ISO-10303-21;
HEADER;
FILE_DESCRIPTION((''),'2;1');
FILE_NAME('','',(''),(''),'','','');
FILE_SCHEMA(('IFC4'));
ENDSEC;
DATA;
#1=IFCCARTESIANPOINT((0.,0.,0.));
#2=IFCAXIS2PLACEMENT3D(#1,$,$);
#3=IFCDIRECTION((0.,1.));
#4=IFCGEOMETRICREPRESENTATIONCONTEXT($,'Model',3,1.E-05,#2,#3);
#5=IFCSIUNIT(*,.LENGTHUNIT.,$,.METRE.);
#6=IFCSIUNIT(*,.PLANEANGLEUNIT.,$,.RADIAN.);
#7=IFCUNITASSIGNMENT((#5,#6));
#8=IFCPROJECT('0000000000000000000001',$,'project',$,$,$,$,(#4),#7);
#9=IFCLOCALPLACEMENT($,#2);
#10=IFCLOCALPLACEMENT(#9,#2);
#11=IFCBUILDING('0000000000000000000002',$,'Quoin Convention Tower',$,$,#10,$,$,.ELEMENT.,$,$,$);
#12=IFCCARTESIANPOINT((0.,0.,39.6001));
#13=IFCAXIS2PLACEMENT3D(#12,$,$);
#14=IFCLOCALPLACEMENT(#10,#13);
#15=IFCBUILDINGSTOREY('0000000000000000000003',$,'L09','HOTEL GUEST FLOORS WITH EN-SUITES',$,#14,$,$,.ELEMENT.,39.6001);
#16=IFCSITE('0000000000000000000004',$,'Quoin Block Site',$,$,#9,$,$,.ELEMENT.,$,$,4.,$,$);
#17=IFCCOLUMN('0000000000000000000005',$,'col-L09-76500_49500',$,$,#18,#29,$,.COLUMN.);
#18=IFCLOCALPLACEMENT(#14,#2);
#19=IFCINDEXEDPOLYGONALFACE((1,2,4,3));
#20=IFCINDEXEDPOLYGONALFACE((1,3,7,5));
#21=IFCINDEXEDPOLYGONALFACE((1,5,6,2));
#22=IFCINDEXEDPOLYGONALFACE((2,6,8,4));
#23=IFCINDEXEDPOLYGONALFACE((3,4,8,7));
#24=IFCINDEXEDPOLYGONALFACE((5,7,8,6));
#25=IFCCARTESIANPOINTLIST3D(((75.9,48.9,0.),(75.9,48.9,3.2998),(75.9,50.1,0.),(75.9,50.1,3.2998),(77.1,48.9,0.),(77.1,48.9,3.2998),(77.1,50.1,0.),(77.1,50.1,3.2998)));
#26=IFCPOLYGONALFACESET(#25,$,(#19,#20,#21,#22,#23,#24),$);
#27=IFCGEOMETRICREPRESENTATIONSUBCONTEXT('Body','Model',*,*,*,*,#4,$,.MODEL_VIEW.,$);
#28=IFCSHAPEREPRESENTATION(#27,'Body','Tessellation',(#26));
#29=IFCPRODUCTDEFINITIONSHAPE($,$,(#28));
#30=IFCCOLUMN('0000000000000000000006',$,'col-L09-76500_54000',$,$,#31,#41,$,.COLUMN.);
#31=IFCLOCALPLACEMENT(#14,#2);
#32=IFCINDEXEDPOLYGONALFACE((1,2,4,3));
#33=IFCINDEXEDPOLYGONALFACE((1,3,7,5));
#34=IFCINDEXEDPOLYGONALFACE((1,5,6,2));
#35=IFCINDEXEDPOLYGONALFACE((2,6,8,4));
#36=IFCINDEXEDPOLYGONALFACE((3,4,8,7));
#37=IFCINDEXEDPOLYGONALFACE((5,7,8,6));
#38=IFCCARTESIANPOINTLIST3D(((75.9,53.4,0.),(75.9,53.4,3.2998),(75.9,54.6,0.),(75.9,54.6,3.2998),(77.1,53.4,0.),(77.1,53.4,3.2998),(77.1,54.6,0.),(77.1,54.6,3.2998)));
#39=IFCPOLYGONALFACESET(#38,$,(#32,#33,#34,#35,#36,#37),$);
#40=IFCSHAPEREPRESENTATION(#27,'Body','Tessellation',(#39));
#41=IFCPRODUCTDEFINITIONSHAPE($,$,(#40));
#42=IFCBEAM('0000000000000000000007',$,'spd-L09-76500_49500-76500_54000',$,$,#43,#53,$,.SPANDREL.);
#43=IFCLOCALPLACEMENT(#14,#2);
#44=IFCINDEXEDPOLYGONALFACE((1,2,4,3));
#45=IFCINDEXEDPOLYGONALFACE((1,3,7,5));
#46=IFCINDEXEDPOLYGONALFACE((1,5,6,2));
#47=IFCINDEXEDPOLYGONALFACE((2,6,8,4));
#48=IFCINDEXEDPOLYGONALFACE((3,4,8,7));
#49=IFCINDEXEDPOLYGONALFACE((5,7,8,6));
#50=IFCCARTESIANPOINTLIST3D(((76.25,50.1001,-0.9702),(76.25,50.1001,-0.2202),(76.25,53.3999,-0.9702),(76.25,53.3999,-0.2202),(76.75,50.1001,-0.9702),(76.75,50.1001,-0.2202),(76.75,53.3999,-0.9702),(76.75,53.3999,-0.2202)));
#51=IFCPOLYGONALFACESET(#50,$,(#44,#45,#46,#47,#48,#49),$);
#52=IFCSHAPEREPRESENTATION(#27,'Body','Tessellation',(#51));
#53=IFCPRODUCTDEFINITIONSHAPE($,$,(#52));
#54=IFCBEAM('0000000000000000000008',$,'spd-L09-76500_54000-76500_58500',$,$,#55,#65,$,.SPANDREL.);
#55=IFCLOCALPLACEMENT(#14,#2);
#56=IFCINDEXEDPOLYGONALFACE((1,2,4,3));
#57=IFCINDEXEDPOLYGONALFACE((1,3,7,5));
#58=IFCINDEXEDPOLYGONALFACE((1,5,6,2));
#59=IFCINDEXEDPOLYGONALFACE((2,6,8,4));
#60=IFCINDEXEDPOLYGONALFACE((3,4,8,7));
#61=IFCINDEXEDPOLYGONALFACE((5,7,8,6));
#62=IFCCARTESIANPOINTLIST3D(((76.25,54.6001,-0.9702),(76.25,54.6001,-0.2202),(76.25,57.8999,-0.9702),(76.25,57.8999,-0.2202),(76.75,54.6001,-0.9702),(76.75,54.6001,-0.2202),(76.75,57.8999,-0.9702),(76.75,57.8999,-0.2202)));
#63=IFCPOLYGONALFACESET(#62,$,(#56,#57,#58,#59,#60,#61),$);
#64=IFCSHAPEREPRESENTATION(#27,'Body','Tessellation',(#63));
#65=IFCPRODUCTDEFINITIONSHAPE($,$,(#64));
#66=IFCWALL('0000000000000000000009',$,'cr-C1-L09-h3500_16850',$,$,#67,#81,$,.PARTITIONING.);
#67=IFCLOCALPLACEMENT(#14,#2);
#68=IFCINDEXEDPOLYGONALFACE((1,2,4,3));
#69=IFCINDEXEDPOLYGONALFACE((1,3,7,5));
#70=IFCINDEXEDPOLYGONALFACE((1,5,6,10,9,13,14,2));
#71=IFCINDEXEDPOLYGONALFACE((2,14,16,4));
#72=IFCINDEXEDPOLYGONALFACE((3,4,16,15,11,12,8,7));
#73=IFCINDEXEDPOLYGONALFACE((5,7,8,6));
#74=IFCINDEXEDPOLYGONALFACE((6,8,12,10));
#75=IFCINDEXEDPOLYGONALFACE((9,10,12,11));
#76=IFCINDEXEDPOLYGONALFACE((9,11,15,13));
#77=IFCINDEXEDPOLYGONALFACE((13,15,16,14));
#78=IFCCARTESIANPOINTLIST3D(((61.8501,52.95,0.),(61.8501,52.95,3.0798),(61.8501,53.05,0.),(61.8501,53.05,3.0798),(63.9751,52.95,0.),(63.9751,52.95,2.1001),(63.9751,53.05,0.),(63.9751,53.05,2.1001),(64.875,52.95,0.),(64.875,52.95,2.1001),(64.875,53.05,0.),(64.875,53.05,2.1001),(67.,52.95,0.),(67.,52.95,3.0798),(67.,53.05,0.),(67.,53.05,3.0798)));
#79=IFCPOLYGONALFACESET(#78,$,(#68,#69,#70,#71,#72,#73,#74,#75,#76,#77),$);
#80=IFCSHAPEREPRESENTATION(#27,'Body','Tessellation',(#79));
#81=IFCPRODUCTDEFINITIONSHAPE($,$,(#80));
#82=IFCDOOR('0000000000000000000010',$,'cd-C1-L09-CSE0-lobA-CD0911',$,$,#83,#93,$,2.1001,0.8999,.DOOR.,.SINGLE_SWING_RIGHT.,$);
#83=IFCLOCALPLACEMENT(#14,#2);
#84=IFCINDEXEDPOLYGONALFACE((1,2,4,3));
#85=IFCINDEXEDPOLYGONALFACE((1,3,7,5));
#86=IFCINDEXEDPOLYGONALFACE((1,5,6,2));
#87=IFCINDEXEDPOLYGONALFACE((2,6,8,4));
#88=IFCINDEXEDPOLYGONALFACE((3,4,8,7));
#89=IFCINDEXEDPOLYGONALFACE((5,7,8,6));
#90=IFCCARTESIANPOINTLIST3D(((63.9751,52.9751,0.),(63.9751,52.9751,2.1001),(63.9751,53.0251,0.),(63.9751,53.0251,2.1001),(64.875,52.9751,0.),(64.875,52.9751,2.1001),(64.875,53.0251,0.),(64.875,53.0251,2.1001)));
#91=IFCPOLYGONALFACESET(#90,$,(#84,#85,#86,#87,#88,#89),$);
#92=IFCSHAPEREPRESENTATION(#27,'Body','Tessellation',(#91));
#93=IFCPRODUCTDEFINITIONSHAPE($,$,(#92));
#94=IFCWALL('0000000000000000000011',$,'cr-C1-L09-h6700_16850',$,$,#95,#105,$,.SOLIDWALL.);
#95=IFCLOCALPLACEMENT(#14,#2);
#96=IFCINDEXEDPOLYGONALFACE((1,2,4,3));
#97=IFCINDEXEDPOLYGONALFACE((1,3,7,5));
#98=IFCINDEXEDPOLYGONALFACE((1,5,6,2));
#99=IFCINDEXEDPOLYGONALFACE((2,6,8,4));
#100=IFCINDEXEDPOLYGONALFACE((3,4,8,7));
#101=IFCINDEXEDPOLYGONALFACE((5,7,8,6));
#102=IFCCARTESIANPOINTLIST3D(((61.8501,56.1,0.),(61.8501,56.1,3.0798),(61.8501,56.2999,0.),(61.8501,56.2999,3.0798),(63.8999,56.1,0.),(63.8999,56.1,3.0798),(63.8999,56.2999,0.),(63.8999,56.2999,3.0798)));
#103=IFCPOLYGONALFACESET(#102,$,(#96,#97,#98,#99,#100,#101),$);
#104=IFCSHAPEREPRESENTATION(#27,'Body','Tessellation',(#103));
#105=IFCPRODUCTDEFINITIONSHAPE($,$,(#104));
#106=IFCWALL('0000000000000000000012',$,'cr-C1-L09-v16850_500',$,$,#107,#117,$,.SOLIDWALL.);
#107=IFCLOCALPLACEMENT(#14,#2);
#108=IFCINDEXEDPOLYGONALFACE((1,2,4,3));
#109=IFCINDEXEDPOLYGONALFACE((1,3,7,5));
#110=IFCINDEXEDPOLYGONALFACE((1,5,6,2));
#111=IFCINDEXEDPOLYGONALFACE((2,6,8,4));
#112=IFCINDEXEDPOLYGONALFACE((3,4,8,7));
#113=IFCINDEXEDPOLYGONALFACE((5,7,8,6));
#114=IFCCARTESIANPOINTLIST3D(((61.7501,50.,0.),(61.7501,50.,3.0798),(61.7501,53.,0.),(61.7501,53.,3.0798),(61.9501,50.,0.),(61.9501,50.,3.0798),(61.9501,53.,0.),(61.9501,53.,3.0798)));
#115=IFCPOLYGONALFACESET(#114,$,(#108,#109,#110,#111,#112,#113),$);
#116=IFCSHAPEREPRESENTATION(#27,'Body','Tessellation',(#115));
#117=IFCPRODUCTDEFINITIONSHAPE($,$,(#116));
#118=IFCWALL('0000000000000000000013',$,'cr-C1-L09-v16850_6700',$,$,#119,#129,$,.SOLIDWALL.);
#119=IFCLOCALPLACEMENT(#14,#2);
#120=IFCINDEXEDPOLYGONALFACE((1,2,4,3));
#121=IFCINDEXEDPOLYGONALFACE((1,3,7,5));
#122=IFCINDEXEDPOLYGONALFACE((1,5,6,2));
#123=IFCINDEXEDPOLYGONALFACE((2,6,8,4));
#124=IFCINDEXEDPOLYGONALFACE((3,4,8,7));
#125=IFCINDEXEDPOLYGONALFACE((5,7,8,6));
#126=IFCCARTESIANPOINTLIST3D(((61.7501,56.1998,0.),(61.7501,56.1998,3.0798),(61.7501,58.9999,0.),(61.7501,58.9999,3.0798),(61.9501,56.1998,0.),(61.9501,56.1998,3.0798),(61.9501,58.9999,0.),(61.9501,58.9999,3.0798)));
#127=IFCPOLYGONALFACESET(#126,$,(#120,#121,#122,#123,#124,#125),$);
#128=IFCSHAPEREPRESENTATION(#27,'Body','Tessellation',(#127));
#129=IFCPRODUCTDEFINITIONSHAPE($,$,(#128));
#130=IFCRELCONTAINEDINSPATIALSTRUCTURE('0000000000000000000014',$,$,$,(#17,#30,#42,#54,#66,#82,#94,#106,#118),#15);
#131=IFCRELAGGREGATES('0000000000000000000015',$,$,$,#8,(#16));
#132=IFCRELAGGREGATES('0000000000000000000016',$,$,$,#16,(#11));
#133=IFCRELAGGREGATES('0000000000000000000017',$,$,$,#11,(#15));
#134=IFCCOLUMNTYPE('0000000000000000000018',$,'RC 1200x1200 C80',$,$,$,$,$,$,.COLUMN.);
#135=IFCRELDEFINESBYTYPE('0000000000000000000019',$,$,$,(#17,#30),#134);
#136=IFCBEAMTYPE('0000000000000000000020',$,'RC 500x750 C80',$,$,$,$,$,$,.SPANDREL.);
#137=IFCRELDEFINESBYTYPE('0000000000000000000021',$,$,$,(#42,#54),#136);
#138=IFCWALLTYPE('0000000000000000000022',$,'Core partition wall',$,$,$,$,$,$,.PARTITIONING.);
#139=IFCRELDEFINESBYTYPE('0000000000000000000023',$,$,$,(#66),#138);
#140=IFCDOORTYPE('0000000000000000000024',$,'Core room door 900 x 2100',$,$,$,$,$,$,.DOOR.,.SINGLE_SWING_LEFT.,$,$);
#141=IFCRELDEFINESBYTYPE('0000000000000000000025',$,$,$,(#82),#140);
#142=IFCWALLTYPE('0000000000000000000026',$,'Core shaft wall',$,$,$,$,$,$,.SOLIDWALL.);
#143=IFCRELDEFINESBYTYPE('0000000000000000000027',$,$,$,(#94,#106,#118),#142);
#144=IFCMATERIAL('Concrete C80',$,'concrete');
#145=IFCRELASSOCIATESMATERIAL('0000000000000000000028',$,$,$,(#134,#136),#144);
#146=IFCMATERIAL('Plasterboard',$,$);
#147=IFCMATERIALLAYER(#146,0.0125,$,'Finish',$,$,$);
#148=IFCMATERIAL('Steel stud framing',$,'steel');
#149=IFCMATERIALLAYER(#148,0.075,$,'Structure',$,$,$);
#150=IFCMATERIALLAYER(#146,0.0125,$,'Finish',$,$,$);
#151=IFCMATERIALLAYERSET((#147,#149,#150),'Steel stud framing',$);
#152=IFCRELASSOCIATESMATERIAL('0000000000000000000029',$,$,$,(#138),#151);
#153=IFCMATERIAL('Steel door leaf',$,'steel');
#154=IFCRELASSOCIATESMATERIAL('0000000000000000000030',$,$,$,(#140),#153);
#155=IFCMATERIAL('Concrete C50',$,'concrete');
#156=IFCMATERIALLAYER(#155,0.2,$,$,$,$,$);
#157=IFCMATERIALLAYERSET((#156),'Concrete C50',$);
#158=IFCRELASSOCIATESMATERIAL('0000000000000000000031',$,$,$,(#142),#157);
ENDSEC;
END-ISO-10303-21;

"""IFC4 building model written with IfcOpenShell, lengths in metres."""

from ifc_helpers import new_model, si_unit, direction, frame, frame_2d, origin, origin_2d, place, context, subcontext, project, spatial, rectangle, extrude, material, layer, layer_set, material_profile, profile_set, type_object, element, fill, save


model = new_model("IFC4")

# Units and contexts
model_context = context("Model", 3, precision=1e-05, world=origin(), true_north=direction((0.0, 1.0)))
body_context = subcontext(model_context, "Body", "Model", "MODEL_VIEW")
ifc_project = project(units=[si_unit("LENGTHUNIT", "METRE"), si_unit("PLANEANGLEUNIT", "RADIAN")], contexts=[model_context])

# Site, building, storey
site_placement = place(None, origin())
site = spatial("IfcSite", under=ifc_project, at=site_placement, Name="Quoin Block Site", CompositionType="ELEMENT", RefElevation=4.0)
building_placement = place(site_placement, origin())
building = spatial("IfcBuilding", under=site, at=building_placement, Name="Quoin Convention Tower", CompositionType="ELEMENT")
storey_placement = place(building_placement, frame((0.0, 0.0, 39.6001)))
storey = spatial("IfcBuildingStorey", under=building, at=storey_placement, Name="L09", Description="HOTEL GUEST FLOORS WITH EN-SUITES", CompositionType="ELEMENT", Elevation=39.6001)

# Columns
ifc_material_1 = material(Name="Concrete C80", Category="concrete")
ifc_material_profile_1 = material_profile(ifc_material_1, rectangle(XDim=1.2, YDim=1.2, at=origin_2d()), Name="RC 1200x1200")
ifc_profile_set_1 = profile_set([ifc_material_profile_1], Name="Concrete C80")
column_type = type_object("IfcColumnType", Name="RC 1200x1200 C80", PredefinedType="COLUMN", material=ifc_profile_set_1)
for number, where, z_axis, x_axis, name in (
    (1, (76.5, 49.5, 0.0), (0.0, 0.0, 1.0), (1.0, 0.0, 0.0), "col-L09-76500_49500"),
    (2, (76.5, 54.0, 0.0), (0.0, 0.0, 1.0), (1.0, 0.0, 0.0), "col-L09-76500_54000"),
):
    element("IfcColumn", number, at=place(storey_placement, frame(where, z_axis=z_axis, x_axis=x_axis)), inside=storey, type_object=column_type, Name=name, PredefinedType="COLUMN", context=body_context, shape_type="SweptSolid", body=[
        extrude(rectangle(XDim=1.2, YDim=1.2, at=origin_2d()), origin(), (0.0, 0.0, 1.0), 3.2998),
    ])

# Beams
ifc_material_profile_2 = material_profile(ifc_material_1, rectangle(XDim=0.5, YDim=0.75, at=origin_2d()), Name="RC 500x750")
ifc_profile_set_2 = profile_set([ifc_material_profile_2], Name="Concrete C80")
beam_type = type_object("IfcBeamType", Name="RC 500x750 C80", PredefinedType="SPANDREL", material=ifc_profile_set_2)
for number, where, z_axis, x_axis, name in (
    (3, (76.5, 50.1001, -0.5952), (0.0, 1.0, 0.0), (-1.0, 0.0, 0.0), "spd-L09-76500_49500-76500_54000"),
    (4, (76.5, 54.6001, -0.5952), (0.0, 1.0, 0.0), (-1.0, 0.0, 0.0), "spd-L09-76500_54000-76500_58500"),
):
    element("IfcBeam", number, at=place(storey_placement, frame(where, z_axis=z_axis, x_axis=x_axis)), inside=storey, type_object=beam_type, Name=name, PredefinedType="SPANDREL", context=body_context, shape_type="SweptSolid", body=[
        extrude(rectangle(XDim=0.5, YDim=0.75, at=origin_2d()), origin(), (0.0, 0.0, 1.0), 3.2998),
    ])

# Wall, opening, door
ifc_material_2 = material(Name="Plasterboard")
ifc_layer_1 = layer(ifc_material_2, 0.0125, Name="Finish")
ifc_material_3 = material(Name="Steel stud framing", Category="steel")
ifc_layer_2 = layer(ifc_material_3, 0.075, Name="Structure")
ifc_layer_3 = layer(ifc_material_2, 0.0125, Name="Finish")
ifc_layer_set_1 = layer_set([ifc_layer_1, ifc_layer_2, ifc_layer_3], Name="Steel stud framing")
wall_type_1 = type_object("IfcWallType", Name="Core partition wall", PredefinedType="PARTITIONING", material=ifc_layer_set_1)
wall_1_placement = place(storey_placement, frame((61.8501, 53.0, 0.0), z_axis=(0.0, 0.0, 1.0), x_axis=(1.0, 0.0, 0.0)))
wall_1 = element("IfcWall", 5, at=wall_1_placement, inside=storey, type_object=wall_type_1, Name="cr-C1-L09-h3500_16850", PredefinedType="PARTITIONING", context=body_context, shape_type="SweptSolid", body=[
    extrude(rectangle(XDim=5.1499, YDim=0.1001, at=frame_2d((2.575, 0.0))), origin(), (0.0, 0.0, 1.0), 3.0798),
])
opening_1_placement = place(wall_1_placement, frame((2.125, 0.0, 0.0)))
opening_1 = element("IfcOpeningElement", 6, at=opening_1_placement, cuts=wall_1, PredefinedType="OPENING", context=body_context, shape_type="SweptSolid", body=[
    extrude(rectangle(XDim=0.8999, YDim=2.1001, at=frame_2d((0.45, 1.05))), frame((0.0, 0.0601, 0.0), z_axis=(0.0, -1.0, 0.0), x_axis=(1.0, 0.0, 0.0)), (0.0, 0.0, 1.0), 0.1201),
])
ifc_material_4 = material(Name="Steel door leaf", Category="steel")
door_type_1 = type_object("IfcDoorType", Name="Core room door 900 x 2100", OperationType="SINGLE_SWING_LEFT", PredefinedType="DOOR", material=ifc_material_4)
door_1_placement = place(opening_1_placement, frame((0.8999, 0.0, 0.0), z_axis=(0.0, 0.0, 1.0), x_axis=(-1.0, 0.0, 0.0)))
door_1 = element("IfcDoor", 7, at=door_1_placement, inside=storey, type_object=door_type_1, Name="cd-C1-L09-CSE0-lobA-CD0911", OperationType="SINGLE_SWING_RIGHT", OverallHeight=2.1001, OverallWidth=0.8999, PredefinedType="DOOR", context=body_context, shape_type="SweptSolid", body=[
    extrude(rectangle(XDim=0.8999, YDim=2.1001, at=frame_2d((0.45, 1.05))), frame((0.0, 0.0249, 0.0), z_axis=(0.0, -1.0, 0.0), x_axis=(1.0, 0.0, 0.0)), (0.0, 0.0, 1.0), 0.05),
])
fill(opening_1, door_1)

# Walls
ifc_material_5 = material(Name="Concrete C50", Category="concrete")
ifc_layer_4 = layer(ifc_material_5, 0.2)
ifc_layer_set_2 = layer_set([ifc_layer_4], Name="Concrete C50")
wall_type_2 = type_object("IfcWallType", Name="Core shaft wall", PredefinedType="SOLIDWALL", material=ifc_layer_set_2)
wall_2_placement = place(storey_placement, frame((61.8501, 56.2, 0.0), z_axis=(0.0, 0.0, 1.0), x_axis=(1.0, 0.0, 0.0)))
element("IfcWall", 8, at=wall_2_placement, inside=storey, type_object=wall_type_2, Name="cr-C1-L09-h6700_16850", PredefinedType="SOLIDWALL", context=body_context, shape_type="SweptSolid", body=[
    extrude(rectangle(XDim=2.0498, YDim=0.2, at=frame_2d((1.0249, 0.0))), origin(), (0.0, 0.0, 1.0), 3.0798),
])
wall_3_placement = place(storey_placement, frame((61.8501, 50.0, 0.0), z_axis=(0.0, 0.0, 1.0), x_axis=(0.0, 1.0, 0.0)))
element("IfcWall", 9, at=wall_3_placement, inside=storey, type_object=wall_type_2, Name="cr-C1-L09-v16850_500", PredefinedType="SOLIDWALL", context=body_context, shape_type="SweptSolid", body=[
    extrude(rectangle(XDim=3.0, YDim=0.2, at=frame_2d((1.5, 0.0))), origin(), (0.0, 0.0, 1.0), 3.0798),
])
wall_4_placement = place(storey_placement, frame((61.8501, 56.2, 0.0), z_axis=(0.0, 0.0, 1.0), x_axis=(0.0, 1.0, 0.0)))
element("IfcWall", 10, at=wall_4_placement, inside=storey, type_object=wall_type_2, Name="cr-C1-L09-v16850_6700", PredefinedType="SOLIDWALL", context=body_context, shape_type="SweptSolid", body=[
    extrude(rectangle(XDim=2.8, YDim=0.2, at=frame_2d((1.3999, 0.0))), origin(), (0.0, 0.0, 1.0), 3.0798),
])

save(model, "model.ifc")
